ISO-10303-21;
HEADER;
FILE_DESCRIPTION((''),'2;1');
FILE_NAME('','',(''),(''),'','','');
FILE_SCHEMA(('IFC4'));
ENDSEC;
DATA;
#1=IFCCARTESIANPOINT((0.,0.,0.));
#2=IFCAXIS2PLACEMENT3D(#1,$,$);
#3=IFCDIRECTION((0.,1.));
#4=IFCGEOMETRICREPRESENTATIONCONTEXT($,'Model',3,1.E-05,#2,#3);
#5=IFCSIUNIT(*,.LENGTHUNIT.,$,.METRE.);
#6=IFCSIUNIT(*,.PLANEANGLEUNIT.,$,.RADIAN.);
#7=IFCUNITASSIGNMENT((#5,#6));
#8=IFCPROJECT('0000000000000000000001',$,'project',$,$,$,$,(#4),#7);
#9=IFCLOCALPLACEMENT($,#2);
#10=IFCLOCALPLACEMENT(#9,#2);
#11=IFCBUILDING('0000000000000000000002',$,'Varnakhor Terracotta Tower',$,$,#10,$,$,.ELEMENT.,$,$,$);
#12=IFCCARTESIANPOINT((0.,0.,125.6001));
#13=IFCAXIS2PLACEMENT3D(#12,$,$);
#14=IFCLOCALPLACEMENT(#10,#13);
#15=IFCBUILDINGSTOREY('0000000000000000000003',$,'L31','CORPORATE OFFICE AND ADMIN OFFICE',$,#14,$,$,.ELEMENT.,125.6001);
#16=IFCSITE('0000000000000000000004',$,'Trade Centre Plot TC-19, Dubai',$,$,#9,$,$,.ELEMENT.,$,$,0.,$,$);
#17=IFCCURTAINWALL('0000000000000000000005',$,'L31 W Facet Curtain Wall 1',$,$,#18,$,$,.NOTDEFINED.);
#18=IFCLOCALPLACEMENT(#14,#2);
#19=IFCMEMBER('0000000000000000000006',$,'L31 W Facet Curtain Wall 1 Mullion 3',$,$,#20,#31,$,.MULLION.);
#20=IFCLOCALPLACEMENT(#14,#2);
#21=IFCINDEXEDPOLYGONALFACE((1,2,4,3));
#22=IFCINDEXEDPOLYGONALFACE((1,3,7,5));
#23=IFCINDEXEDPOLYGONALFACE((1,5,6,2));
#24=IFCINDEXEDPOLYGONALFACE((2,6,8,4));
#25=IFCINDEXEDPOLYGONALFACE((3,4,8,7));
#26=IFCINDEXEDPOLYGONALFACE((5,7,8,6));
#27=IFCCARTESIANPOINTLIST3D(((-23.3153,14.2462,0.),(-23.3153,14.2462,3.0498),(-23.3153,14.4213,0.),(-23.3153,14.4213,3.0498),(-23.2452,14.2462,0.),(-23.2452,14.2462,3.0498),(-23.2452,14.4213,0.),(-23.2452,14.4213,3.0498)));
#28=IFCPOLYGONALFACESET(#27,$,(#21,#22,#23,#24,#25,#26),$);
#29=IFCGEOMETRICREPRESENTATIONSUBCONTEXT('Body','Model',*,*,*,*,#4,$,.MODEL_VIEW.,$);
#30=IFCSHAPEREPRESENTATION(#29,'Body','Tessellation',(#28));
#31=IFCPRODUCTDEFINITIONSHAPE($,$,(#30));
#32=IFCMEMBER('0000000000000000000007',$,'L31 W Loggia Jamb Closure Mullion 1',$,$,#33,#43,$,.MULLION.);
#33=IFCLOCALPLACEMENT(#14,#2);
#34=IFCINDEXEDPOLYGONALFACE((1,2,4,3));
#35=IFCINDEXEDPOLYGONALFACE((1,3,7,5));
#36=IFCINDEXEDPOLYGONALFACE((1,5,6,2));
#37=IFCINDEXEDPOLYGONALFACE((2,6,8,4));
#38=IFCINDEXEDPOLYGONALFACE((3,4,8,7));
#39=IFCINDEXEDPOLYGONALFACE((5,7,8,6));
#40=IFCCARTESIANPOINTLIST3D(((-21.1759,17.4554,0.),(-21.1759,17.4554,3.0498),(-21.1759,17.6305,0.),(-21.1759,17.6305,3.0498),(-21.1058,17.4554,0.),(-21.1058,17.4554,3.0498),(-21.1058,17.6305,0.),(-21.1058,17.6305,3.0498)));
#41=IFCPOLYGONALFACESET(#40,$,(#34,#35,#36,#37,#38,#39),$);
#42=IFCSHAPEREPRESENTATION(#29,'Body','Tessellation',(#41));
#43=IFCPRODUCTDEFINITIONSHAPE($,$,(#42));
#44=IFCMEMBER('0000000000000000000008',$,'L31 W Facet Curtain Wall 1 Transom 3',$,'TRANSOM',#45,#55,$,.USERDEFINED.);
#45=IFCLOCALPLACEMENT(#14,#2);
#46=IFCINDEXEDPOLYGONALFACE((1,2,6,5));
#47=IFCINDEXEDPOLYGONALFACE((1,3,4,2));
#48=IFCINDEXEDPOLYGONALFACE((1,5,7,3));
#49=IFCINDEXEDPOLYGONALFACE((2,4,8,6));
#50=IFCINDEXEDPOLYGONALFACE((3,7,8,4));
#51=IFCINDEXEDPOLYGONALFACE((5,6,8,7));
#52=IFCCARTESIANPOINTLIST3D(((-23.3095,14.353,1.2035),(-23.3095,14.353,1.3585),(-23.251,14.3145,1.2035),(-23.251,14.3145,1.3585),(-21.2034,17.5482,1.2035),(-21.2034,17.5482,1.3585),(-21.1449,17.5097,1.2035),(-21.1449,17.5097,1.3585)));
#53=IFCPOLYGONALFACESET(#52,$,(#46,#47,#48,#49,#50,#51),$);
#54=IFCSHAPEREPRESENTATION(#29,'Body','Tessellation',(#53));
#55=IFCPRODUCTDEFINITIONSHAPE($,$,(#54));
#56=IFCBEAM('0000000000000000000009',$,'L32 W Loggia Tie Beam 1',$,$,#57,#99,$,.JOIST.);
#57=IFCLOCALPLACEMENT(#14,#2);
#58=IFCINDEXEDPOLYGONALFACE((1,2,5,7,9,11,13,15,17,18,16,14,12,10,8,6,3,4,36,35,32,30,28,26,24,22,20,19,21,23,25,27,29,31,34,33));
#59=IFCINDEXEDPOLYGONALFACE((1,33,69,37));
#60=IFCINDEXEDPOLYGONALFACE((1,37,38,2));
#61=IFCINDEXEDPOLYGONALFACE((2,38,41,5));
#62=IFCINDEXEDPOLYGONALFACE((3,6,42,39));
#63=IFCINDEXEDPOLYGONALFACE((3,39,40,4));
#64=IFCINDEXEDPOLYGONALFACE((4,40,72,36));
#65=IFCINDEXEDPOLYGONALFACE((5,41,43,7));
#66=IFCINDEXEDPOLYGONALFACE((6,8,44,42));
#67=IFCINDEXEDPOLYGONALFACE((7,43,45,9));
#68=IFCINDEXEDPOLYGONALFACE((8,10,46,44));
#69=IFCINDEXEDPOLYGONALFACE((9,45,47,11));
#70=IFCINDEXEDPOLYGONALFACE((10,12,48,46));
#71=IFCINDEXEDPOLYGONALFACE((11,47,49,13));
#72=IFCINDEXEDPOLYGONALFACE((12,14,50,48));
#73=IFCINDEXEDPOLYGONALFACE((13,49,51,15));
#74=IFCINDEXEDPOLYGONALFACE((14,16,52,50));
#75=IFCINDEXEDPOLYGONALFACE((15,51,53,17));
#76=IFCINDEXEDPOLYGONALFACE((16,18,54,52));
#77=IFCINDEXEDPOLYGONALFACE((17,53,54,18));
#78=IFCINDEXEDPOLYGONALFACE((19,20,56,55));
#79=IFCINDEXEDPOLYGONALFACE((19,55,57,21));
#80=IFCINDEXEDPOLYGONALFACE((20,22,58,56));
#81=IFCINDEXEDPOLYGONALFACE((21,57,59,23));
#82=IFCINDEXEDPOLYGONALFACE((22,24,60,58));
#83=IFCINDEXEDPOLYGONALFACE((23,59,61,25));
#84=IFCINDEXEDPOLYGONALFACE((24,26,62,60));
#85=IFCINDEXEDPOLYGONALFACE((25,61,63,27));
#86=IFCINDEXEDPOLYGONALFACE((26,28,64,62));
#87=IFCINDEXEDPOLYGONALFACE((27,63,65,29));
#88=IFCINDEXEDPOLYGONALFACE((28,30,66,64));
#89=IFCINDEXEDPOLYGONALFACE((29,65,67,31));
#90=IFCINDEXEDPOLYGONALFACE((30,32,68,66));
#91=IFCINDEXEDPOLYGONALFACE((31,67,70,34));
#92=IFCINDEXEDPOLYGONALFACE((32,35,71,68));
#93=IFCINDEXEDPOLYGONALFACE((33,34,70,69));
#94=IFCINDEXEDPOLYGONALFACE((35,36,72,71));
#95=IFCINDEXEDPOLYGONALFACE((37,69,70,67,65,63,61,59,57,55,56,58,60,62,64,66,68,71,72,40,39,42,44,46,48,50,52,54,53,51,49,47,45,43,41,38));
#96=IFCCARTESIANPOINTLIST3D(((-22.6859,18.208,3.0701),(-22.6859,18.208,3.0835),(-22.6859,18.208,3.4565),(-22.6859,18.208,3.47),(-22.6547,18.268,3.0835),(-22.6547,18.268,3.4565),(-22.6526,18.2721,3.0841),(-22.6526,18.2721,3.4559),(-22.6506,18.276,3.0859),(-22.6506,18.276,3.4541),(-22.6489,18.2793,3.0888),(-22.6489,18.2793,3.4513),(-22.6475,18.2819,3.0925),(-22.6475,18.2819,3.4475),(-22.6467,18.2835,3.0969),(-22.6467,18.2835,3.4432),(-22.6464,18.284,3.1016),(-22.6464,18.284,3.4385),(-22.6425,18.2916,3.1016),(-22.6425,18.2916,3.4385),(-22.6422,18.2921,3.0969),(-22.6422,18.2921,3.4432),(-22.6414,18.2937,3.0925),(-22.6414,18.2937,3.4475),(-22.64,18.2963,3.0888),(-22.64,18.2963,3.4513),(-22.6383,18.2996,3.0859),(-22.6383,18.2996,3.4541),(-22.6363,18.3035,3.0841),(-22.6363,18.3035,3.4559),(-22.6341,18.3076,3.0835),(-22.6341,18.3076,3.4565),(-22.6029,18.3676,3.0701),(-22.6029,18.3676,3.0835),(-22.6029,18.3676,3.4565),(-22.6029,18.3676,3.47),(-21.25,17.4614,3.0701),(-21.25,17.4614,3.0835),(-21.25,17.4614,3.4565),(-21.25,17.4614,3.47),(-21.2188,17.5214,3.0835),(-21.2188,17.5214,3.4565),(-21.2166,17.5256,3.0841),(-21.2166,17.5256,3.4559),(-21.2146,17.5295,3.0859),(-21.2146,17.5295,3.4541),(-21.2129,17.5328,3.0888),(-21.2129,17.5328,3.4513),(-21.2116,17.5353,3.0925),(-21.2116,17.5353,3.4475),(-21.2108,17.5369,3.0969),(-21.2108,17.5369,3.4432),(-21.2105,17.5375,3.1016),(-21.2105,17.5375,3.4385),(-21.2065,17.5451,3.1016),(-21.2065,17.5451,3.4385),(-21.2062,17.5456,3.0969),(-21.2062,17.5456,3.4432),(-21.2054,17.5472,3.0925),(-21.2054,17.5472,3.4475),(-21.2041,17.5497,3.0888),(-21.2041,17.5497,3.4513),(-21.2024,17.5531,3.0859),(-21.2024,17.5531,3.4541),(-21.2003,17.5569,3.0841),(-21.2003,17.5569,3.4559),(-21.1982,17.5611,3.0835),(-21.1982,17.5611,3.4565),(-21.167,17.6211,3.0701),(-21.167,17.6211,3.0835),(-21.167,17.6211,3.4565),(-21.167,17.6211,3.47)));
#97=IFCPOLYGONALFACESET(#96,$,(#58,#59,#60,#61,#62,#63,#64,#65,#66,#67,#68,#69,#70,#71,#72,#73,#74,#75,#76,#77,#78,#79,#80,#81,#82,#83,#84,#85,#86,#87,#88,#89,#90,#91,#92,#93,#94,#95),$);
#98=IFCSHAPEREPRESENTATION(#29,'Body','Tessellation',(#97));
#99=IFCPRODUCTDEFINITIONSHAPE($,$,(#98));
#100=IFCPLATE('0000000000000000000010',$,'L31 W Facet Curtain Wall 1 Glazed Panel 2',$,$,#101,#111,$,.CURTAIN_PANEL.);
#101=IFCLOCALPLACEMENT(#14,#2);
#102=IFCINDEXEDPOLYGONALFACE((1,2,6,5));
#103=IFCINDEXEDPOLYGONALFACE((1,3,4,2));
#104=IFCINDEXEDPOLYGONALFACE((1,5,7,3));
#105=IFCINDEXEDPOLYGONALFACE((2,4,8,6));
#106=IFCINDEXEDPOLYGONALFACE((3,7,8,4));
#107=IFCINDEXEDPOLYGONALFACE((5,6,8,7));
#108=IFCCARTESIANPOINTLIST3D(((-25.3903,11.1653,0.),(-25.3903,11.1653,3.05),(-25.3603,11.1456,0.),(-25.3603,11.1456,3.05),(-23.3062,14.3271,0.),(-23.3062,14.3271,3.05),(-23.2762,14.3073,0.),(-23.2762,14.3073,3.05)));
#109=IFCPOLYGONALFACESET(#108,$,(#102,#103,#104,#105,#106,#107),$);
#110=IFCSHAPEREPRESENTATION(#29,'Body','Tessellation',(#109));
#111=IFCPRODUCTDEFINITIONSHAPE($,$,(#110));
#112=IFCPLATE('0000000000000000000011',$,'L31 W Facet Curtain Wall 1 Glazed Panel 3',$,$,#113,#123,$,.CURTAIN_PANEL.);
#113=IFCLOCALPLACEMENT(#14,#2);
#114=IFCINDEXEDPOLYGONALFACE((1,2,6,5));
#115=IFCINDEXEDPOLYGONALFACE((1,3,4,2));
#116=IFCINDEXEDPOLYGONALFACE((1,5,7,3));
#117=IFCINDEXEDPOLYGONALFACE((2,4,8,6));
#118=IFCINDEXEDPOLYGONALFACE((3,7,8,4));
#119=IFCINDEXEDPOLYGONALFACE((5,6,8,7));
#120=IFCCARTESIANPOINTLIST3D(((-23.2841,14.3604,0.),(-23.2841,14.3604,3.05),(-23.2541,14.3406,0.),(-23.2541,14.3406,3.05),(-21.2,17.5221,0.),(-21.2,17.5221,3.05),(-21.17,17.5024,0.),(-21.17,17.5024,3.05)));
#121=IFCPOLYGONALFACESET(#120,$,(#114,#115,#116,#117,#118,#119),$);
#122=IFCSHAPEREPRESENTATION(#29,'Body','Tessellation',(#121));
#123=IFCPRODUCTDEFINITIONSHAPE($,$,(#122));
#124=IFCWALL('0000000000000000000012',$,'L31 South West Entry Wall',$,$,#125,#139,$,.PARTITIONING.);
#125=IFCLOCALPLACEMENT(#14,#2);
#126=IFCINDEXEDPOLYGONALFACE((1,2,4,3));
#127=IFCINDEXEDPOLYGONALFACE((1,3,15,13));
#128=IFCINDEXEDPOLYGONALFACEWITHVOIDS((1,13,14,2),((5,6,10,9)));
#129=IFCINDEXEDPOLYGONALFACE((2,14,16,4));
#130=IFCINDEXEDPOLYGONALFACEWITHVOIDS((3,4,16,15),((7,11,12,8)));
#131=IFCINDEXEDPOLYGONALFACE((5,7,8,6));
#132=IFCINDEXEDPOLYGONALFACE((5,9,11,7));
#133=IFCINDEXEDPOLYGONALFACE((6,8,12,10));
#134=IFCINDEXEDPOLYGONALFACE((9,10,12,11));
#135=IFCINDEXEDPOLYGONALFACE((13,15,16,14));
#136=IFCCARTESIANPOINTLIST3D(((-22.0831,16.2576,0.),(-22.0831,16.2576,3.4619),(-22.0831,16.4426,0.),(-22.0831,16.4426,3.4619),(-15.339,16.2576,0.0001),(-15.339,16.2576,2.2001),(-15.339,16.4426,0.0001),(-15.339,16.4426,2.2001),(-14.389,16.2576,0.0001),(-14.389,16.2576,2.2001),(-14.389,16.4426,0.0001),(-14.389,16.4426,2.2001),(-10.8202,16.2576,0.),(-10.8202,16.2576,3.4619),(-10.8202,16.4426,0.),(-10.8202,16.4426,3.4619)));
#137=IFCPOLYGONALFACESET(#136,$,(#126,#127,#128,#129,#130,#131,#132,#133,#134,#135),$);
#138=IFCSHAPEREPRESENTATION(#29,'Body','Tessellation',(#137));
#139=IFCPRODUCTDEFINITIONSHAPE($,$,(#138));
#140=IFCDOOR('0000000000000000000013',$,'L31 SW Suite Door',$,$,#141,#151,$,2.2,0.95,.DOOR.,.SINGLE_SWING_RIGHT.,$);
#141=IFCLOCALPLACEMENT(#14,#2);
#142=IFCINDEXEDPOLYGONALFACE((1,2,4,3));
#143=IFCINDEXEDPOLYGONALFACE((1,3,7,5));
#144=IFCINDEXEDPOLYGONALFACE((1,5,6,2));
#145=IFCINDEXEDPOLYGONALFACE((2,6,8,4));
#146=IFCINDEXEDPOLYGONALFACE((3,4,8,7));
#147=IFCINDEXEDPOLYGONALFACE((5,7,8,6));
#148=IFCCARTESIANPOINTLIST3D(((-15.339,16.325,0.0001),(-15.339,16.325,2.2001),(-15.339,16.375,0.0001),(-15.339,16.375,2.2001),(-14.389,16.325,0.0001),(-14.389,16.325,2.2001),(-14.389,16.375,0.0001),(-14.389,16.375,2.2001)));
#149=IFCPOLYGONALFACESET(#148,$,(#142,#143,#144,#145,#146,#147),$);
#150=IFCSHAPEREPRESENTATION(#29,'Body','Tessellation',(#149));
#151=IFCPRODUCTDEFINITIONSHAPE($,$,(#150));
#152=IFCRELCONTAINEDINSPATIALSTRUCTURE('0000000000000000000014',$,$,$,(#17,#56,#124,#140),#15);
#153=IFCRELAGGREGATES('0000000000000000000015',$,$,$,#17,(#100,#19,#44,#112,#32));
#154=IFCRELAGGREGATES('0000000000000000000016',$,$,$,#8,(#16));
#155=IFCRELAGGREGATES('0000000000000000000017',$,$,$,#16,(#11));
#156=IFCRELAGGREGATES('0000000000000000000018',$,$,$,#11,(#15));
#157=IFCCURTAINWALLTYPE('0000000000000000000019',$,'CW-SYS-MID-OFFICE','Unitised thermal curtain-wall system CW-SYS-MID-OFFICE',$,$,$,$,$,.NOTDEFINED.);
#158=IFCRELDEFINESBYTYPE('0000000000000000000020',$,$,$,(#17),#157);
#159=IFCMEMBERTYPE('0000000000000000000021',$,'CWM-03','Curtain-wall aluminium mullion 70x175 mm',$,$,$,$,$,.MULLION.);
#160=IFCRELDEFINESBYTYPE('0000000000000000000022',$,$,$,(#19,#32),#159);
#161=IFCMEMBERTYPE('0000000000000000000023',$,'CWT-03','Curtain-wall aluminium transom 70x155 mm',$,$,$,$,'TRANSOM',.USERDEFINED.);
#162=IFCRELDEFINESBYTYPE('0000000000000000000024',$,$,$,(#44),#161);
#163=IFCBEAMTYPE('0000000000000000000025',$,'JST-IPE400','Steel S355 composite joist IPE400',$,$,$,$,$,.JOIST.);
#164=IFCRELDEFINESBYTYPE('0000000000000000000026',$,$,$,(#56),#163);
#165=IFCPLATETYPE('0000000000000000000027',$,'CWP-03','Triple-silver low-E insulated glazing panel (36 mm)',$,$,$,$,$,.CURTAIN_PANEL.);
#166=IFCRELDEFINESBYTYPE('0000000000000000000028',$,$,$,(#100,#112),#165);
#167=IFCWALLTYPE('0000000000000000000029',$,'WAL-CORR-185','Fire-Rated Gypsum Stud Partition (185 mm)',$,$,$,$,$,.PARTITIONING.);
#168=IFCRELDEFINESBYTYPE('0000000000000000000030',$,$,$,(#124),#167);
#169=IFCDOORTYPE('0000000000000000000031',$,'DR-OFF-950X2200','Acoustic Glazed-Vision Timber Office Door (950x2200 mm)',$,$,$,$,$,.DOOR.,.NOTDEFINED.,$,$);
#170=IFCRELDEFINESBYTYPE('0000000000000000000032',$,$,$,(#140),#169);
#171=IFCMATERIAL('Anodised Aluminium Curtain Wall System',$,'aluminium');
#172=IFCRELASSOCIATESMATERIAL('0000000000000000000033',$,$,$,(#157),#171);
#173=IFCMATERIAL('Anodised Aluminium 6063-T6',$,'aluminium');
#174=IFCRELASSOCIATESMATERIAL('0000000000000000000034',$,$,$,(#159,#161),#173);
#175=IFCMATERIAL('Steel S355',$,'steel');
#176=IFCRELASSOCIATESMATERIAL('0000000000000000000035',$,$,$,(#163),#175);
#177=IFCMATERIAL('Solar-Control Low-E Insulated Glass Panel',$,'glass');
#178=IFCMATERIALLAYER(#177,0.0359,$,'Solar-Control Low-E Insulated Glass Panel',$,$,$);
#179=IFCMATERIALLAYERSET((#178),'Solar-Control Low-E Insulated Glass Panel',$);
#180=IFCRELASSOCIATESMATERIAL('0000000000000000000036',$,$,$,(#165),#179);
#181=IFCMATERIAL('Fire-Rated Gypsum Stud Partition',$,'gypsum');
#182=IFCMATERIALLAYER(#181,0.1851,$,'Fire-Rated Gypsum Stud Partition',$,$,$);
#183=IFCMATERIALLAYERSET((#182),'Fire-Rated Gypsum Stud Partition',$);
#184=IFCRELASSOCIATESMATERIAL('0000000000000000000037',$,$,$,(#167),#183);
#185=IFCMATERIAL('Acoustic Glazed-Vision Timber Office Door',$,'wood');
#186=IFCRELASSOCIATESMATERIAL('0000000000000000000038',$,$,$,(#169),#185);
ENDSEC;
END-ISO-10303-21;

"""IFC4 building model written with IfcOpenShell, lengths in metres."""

from ifc_helpers import new_model, si_unit, direction, frame, frame_2d, origin, origin_2d, place, context, subcontext, project, spatial, rectangle, i_section, extrude, source, transform, mapped, material, layer, layer_set, material_profile, profile_set, type_object, type_shapes, element, fill, aggregate, save


model = new_model("IFC4")

# Units and contexts
model_context = context("Model", 3, precision=1e-05, world=origin(), true_north=direction((0.0, 1.0)))
body_context = subcontext(model_context, "Body", "Model", "MODEL_VIEW")
ifc_project = project(units=[si_unit("LENGTHUNIT", "METRE"), si_unit("PLANEANGLEUNIT", "RADIAN")], contexts=[model_context])

# Site, building, storey
site_placement = place(None, origin())
site = spatial("IfcSite", under=ifc_project, at=site_placement, Name="Trade Centre Plot TC-19, Dubai", CompositionType="ELEMENT", RefElevation=0.0)
building_placement = place(site_placement, origin())
building = spatial("IfcBuilding", under=site, at=building_placement, Name="Varnakhor Terracotta Tower", CompositionType="ELEMENT")
storey_placement = place(building_placement, frame((0.0, 0.0, 125.6001)))
storey = spatial("IfcBuildingStorey", under=building, at=storey_placement, Name="L31", Description="CORPORATE OFFICE AND ADMIN OFFICE", CompositionType="ELEMENT", Elevation=125.6001)

# Shared definitions
ifc_material_1 = material(Name="Steel S355", Category="steel")

# Curtain wall, members
ifc_material_2 = material(Name="Anodised Aluminium Curtain Wall System", Category="aluminium")
curtain_wall_type = type_object("IfcCurtainWallType", Name="CW-SYS-MID-OFFICE", Description="Unitised thermal curtain-wall system CW-SYS-MID-OFFICE", PredefinedType="NOTDEFINED", material=ifc_material_2)
curtain_wall_placement = place(storey_placement, origin())
curtain_wall = element("IfcCurtainWall", 1, at=curtain_wall_placement, inside=storey, type_object=curtain_wall_type, Name="L31 W Facet Curtain Wall 1", PredefinedType="NOTDEFINED")
ifc_material_3 = material(Name="Anodised Aluminium 6063-T6", Category="aluminium")
ifc_material_profile_1 = material_profile(ifc_material_3, rectangle(XDim=0.0701, YDim=0.175, at=origin_2d()), Name="ALU MULLION 70x175")
ifc_profile_set_1 = profile_set([ifc_material_profile_1], Name="Anodised Aluminium 6063-T6")
member_type_1 = type_object("IfcMemberType", Name="CWM-03", Description="Curtain-wall aluminium mullion 70x175 mm", PredefinedType="MULLION", material=ifc_profile_set_1)
shared_shape_1 = source(origin(), body_context, "Body", "SweptSolid", [
    extrude(rectangle(XDim=0.0701, YDim=0.175, at=origin_2d()), origin(), (0.0, 0.0, 1.0), 3.0498),
])
type_shapes(member_type_1, [shared_shape_1])
member_1_placement = place(storey_placement, frame((-23.2803, 14.3337, 0.0), z_axis=(0.0, 0.0, 1.0), x_axis=(1.0, 0.0, 0.0)))
member_1 = element("IfcMember", 2, at=member_1_placement, type_object=member_type_1, Name="L31 W Facet Curtain Wall 1 Mullion 3", PredefinedType="MULLION", context=body_context, shape_type="MappedRepresentation", body=[
    mapped(shared_shape_1, transform((0.0, 0.0, 0.0), scale=1.0)),
])
member_2_placement = place(storey_placement, frame((-21.1409, 17.543, 0.0), z_axis=(0.0, 0.0, 1.0), x_axis=(1.0, 0.0, 0.0)))
member_2 = element("IfcMember", 3, at=member_2_placement, type_object=member_type_1, Name="L31 W Loggia Jamb Closure Mullion 1", PredefinedType="MULLION", context=body_context, shape_type="MappedRepresentation", body=[
    mapped(shared_shape_1, transform((0.0, 0.0, 0.0), scale=1.0)),
])
ifc_material_profile_2 = material_profile(ifc_material_3, rectangle(XDim=0.0701, YDim=0.155, at=origin_2d()), Name="ALU TRANSOM 70x155")
ifc_profile_set_2 = profile_set([ifc_material_profile_2], Name="Anodised Aluminium 6063-T6")
member_type_2 = type_object("IfcMemberType", Name="CWT-03", Description="Curtain-wall aluminium transom 70x155 mm", ElementType="TRANSOM", PredefinedType="USERDEFINED", material=ifc_profile_set_2)
shared_shape_2 = source(origin(), body_context, "Body", "SweptSolid", [
    extrude(rectangle(XDim=0.0701, YDim=0.155, at=origin_2d()), origin(), (0.0, 0.0, 1.0), 3.8269),
])
type_shapes(member_type_2, [shared_shape_2])
member_3_placement = place(storey_placement, frame((-23.2803, 14.3337, 1.281), z_axis=(0.55035, 0.834934, 0.0), x_axis=(-0.834934, 0.55035, 0.0)))
member_3 = element("IfcMember", 4, at=member_3_placement, type_object=member_type_2, Name="L31 W Facet Curtain Wall 1 Transom 3", ObjectType="TRANSOM", PredefinedType="USERDEFINED", context=body_context, shape_type="MappedRepresentation", body=[
    mapped(shared_shape_2, transform((0.0, 0.0, 0.0), scale=1.0)),
])

# Beam
ifc_material_profile_3 = material_profile(ifc_material_1, i_section(OverallWidth=0.1799, OverallDepth=0.3999, WebThickness=0.0085, FlangeThickness=0.0134, FilletRadius=0.0181, at=origin_2d()), Name="IPE400")
ifc_profile_set_3 = profile_set([ifc_material_profile_3], Name="Steel S355")
beam_type_1 = type_object("IfcBeamType", Name="JST-IPE400", Description="Steel S355 composite joist IPE400", PredefinedType="JOIST", material=ifc_profile_set_3)
shared_shape_3 = source(origin(), body_context, "Body", "SweptSolid", [
    extrude(i_section(OverallWidth=0.1799, OverallDepth=0.3999, WebThickness=0.0085, FlangeThickness=0.0134, FilletRadius=0.0181, at=origin_2d()), origin(), (0.0, 0.0, 1.0), 1.6184),
])
beam_1_placement = place(storey_placement, frame((-21.2085, 17.5413, 3.27), z_axis=(-0.887256, 0.461277, 0.0), x_axis=(-0.461277, -0.887256, 0.0)))
element("IfcBeam", 5, at=beam_1_placement, inside=storey, type_object=beam_type_1, Name="L32 W Loggia Tie Beam 1", PredefinedType="JOIST", context=body_context, shape_type="MappedRepresentation", body=[
    mapped(shared_shape_3, transform((0.0, 0.0, 0.0), scale=1.0)),
])

# Plates
ifc_material_4 = material(Name="Solar-Control Low-E Insulated Glass Panel", Category="glass")
ifc_layer_1 = layer(ifc_material_4, 0.0359, Name="Solar-Control Low-E Insulated Glass Panel")
ifc_layer_set_1 = layer_set([ifc_layer_1], Name="Solar-Control Low-E Insulated Glass Panel")
plate_type = type_object("IfcPlateType", Name="CWP-03", Description="Triple-silver low-E insulated glazing panel (36 mm)", PredefinedType="CURTAIN_PANEL", material=ifc_layer_set_1)
shared_shape_4 = source(origin(), body_context, "Body", "SweptSolid", [
    extrude(rectangle(XDim=3.7869, YDim=0.0359, at=origin_2d()), origin(), (0.0, 0.0, 1.0), 3.05),
])
type_shapes(plate_type, [shared_shape_4])
plate_1_placement = place(storey_placement, frame((-24.3333, 12.7363, 0.0), z_axis=(0.0, 0.0, 1.0), x_axis=(0.550364, 0.834925, 0.0)))
plate_1 = element("IfcPlate", 6, at=plate_1_placement, type_object=plate_type, Name="L31 W Facet Curtain Wall 1 Glazed Panel 2", PredefinedType="CURTAIN_PANEL", context=body_context, shape_type="MappedRepresentation", body=[
    mapped(shared_shape_4, transform((0.0, 0.0, 0.0), scale=1.0)),
])
plate_2_placement = place(storey_placement, frame((-22.2271, 15.9314, 0.0), z_axis=(0.0, 0.0, 1.0), x_axis=(0.550364, 0.834925, 0.0)))
plate_2 = element("IfcPlate", 7, at=plate_2_placement, type_object=plate_type, Name="L31 W Facet Curtain Wall 1 Glazed Panel 3", PredefinedType="CURTAIN_PANEL", context=body_context, shape_type="MappedRepresentation", body=[
    mapped(shared_shape_4, transform((0.0, 0.0, 0.0), scale=1.0)),
])
aggregate(curtain_wall, [plate_1, member_1, member_3, plate_2, member_2])

# Wall, opening, door
ifc_material_5 = material(Name="Fire-Rated Gypsum Stud Partition", Category="gypsum")
ifc_layer_2 = layer(ifc_material_5, 0.1851, Name="Fire-Rated Gypsum Stud Partition")
ifc_layer_set_2 = layer_set([ifc_layer_2], Name="Fire-Rated Gypsum Stud Partition")
wall_type_1 = type_object("IfcWallType", Name="WAL-CORR-185", Description="Fire-Rated Gypsum Stud Partition (185 mm)", PredefinedType="PARTITIONING", material=ifc_layer_set_2)
wall_1_placement = place(storey_placement, frame((-22.083, 16.3501, 0.0), z_axis=(0.0, 0.0, 1.0), x_axis=(1.0, 0.0, 0.0)))
wall_1 = element("IfcWall", 8, at=wall_1_placement, inside=storey, type_object=wall_type_1, Name="L31 South West Entry Wall", PredefinedType="PARTITIONING", context=body_context, shape_type="SweptSolid", body=[
    extrude(rectangle(XDim=11.2629, YDim=0.1851, at=frame_2d((5.6313, 0.0))), origin(), (0.0, 0.0, 1.0), 3.4619),
])
opening_1_placement = place(wall_1_placement, frame((6.7439, 0.0, 0.0)))
opening_1 = element("IfcOpeningElement", 9, at=opening_1_placement, cuts=wall_1, PredefinedType="OPENING", context=body_context, shape_type="SweptSolid", body=[
    extrude(rectangle(XDim=0.95, YDim=2.2, at=frame_2d((0.4751, 1.1001))), frame((0.0, 0.1025, 0.0), z_axis=(0.0, -1.0, 0.0), x_axis=(1.0, 0.0, 0.0)), (0.0, 0.0, 1.0), 0.2051),
])
ifc_material_6 = material(Name="Acoustic Glazed-Vision Timber Office Door", Category="wood")
door_type_1 = type_object("IfcDoorType", Name="DR-OFF-950X2200", Description="Acoustic Glazed-Vision Timber Office Door (950x2200 mm)", OperationType="NOTDEFINED", PredefinedType="DOOR", material=ifc_material_6)
shared_shape_5 = source(origin(), body_context, "Body", "SweptSolid", [
    extrude(rectangle(XDim=0.95, YDim=2.2, at=frame_2d((0.4751, 1.1001))), frame((0.0, 0.0249, 0.0), z_axis=(0.0, -1.0, 0.0), x_axis=(1.0, 0.0, 0.0)), (0.0, 0.0, 1.0), 0.05),
])
type_shapes(door_type_1, [shared_shape_5])
door_1_placement = place(opening_1_placement, origin())
door_1 = element("IfcDoor", 10, at=door_1_placement, inside=storey, type_object=door_type_1, Name="L31 SW Suite Door", OperationType="SINGLE_SWING_RIGHT", OverallHeight=2.2, OverallWidth=0.95, PredefinedType="DOOR", context=body_context, shape_type="MappedRepresentation", body=[
    mapped(shared_shape_5, transform((0.0, 0.0, 0.0), scale=1.0)),
])
fill(opening_1, door_1)

save(model, "model.ifc")
